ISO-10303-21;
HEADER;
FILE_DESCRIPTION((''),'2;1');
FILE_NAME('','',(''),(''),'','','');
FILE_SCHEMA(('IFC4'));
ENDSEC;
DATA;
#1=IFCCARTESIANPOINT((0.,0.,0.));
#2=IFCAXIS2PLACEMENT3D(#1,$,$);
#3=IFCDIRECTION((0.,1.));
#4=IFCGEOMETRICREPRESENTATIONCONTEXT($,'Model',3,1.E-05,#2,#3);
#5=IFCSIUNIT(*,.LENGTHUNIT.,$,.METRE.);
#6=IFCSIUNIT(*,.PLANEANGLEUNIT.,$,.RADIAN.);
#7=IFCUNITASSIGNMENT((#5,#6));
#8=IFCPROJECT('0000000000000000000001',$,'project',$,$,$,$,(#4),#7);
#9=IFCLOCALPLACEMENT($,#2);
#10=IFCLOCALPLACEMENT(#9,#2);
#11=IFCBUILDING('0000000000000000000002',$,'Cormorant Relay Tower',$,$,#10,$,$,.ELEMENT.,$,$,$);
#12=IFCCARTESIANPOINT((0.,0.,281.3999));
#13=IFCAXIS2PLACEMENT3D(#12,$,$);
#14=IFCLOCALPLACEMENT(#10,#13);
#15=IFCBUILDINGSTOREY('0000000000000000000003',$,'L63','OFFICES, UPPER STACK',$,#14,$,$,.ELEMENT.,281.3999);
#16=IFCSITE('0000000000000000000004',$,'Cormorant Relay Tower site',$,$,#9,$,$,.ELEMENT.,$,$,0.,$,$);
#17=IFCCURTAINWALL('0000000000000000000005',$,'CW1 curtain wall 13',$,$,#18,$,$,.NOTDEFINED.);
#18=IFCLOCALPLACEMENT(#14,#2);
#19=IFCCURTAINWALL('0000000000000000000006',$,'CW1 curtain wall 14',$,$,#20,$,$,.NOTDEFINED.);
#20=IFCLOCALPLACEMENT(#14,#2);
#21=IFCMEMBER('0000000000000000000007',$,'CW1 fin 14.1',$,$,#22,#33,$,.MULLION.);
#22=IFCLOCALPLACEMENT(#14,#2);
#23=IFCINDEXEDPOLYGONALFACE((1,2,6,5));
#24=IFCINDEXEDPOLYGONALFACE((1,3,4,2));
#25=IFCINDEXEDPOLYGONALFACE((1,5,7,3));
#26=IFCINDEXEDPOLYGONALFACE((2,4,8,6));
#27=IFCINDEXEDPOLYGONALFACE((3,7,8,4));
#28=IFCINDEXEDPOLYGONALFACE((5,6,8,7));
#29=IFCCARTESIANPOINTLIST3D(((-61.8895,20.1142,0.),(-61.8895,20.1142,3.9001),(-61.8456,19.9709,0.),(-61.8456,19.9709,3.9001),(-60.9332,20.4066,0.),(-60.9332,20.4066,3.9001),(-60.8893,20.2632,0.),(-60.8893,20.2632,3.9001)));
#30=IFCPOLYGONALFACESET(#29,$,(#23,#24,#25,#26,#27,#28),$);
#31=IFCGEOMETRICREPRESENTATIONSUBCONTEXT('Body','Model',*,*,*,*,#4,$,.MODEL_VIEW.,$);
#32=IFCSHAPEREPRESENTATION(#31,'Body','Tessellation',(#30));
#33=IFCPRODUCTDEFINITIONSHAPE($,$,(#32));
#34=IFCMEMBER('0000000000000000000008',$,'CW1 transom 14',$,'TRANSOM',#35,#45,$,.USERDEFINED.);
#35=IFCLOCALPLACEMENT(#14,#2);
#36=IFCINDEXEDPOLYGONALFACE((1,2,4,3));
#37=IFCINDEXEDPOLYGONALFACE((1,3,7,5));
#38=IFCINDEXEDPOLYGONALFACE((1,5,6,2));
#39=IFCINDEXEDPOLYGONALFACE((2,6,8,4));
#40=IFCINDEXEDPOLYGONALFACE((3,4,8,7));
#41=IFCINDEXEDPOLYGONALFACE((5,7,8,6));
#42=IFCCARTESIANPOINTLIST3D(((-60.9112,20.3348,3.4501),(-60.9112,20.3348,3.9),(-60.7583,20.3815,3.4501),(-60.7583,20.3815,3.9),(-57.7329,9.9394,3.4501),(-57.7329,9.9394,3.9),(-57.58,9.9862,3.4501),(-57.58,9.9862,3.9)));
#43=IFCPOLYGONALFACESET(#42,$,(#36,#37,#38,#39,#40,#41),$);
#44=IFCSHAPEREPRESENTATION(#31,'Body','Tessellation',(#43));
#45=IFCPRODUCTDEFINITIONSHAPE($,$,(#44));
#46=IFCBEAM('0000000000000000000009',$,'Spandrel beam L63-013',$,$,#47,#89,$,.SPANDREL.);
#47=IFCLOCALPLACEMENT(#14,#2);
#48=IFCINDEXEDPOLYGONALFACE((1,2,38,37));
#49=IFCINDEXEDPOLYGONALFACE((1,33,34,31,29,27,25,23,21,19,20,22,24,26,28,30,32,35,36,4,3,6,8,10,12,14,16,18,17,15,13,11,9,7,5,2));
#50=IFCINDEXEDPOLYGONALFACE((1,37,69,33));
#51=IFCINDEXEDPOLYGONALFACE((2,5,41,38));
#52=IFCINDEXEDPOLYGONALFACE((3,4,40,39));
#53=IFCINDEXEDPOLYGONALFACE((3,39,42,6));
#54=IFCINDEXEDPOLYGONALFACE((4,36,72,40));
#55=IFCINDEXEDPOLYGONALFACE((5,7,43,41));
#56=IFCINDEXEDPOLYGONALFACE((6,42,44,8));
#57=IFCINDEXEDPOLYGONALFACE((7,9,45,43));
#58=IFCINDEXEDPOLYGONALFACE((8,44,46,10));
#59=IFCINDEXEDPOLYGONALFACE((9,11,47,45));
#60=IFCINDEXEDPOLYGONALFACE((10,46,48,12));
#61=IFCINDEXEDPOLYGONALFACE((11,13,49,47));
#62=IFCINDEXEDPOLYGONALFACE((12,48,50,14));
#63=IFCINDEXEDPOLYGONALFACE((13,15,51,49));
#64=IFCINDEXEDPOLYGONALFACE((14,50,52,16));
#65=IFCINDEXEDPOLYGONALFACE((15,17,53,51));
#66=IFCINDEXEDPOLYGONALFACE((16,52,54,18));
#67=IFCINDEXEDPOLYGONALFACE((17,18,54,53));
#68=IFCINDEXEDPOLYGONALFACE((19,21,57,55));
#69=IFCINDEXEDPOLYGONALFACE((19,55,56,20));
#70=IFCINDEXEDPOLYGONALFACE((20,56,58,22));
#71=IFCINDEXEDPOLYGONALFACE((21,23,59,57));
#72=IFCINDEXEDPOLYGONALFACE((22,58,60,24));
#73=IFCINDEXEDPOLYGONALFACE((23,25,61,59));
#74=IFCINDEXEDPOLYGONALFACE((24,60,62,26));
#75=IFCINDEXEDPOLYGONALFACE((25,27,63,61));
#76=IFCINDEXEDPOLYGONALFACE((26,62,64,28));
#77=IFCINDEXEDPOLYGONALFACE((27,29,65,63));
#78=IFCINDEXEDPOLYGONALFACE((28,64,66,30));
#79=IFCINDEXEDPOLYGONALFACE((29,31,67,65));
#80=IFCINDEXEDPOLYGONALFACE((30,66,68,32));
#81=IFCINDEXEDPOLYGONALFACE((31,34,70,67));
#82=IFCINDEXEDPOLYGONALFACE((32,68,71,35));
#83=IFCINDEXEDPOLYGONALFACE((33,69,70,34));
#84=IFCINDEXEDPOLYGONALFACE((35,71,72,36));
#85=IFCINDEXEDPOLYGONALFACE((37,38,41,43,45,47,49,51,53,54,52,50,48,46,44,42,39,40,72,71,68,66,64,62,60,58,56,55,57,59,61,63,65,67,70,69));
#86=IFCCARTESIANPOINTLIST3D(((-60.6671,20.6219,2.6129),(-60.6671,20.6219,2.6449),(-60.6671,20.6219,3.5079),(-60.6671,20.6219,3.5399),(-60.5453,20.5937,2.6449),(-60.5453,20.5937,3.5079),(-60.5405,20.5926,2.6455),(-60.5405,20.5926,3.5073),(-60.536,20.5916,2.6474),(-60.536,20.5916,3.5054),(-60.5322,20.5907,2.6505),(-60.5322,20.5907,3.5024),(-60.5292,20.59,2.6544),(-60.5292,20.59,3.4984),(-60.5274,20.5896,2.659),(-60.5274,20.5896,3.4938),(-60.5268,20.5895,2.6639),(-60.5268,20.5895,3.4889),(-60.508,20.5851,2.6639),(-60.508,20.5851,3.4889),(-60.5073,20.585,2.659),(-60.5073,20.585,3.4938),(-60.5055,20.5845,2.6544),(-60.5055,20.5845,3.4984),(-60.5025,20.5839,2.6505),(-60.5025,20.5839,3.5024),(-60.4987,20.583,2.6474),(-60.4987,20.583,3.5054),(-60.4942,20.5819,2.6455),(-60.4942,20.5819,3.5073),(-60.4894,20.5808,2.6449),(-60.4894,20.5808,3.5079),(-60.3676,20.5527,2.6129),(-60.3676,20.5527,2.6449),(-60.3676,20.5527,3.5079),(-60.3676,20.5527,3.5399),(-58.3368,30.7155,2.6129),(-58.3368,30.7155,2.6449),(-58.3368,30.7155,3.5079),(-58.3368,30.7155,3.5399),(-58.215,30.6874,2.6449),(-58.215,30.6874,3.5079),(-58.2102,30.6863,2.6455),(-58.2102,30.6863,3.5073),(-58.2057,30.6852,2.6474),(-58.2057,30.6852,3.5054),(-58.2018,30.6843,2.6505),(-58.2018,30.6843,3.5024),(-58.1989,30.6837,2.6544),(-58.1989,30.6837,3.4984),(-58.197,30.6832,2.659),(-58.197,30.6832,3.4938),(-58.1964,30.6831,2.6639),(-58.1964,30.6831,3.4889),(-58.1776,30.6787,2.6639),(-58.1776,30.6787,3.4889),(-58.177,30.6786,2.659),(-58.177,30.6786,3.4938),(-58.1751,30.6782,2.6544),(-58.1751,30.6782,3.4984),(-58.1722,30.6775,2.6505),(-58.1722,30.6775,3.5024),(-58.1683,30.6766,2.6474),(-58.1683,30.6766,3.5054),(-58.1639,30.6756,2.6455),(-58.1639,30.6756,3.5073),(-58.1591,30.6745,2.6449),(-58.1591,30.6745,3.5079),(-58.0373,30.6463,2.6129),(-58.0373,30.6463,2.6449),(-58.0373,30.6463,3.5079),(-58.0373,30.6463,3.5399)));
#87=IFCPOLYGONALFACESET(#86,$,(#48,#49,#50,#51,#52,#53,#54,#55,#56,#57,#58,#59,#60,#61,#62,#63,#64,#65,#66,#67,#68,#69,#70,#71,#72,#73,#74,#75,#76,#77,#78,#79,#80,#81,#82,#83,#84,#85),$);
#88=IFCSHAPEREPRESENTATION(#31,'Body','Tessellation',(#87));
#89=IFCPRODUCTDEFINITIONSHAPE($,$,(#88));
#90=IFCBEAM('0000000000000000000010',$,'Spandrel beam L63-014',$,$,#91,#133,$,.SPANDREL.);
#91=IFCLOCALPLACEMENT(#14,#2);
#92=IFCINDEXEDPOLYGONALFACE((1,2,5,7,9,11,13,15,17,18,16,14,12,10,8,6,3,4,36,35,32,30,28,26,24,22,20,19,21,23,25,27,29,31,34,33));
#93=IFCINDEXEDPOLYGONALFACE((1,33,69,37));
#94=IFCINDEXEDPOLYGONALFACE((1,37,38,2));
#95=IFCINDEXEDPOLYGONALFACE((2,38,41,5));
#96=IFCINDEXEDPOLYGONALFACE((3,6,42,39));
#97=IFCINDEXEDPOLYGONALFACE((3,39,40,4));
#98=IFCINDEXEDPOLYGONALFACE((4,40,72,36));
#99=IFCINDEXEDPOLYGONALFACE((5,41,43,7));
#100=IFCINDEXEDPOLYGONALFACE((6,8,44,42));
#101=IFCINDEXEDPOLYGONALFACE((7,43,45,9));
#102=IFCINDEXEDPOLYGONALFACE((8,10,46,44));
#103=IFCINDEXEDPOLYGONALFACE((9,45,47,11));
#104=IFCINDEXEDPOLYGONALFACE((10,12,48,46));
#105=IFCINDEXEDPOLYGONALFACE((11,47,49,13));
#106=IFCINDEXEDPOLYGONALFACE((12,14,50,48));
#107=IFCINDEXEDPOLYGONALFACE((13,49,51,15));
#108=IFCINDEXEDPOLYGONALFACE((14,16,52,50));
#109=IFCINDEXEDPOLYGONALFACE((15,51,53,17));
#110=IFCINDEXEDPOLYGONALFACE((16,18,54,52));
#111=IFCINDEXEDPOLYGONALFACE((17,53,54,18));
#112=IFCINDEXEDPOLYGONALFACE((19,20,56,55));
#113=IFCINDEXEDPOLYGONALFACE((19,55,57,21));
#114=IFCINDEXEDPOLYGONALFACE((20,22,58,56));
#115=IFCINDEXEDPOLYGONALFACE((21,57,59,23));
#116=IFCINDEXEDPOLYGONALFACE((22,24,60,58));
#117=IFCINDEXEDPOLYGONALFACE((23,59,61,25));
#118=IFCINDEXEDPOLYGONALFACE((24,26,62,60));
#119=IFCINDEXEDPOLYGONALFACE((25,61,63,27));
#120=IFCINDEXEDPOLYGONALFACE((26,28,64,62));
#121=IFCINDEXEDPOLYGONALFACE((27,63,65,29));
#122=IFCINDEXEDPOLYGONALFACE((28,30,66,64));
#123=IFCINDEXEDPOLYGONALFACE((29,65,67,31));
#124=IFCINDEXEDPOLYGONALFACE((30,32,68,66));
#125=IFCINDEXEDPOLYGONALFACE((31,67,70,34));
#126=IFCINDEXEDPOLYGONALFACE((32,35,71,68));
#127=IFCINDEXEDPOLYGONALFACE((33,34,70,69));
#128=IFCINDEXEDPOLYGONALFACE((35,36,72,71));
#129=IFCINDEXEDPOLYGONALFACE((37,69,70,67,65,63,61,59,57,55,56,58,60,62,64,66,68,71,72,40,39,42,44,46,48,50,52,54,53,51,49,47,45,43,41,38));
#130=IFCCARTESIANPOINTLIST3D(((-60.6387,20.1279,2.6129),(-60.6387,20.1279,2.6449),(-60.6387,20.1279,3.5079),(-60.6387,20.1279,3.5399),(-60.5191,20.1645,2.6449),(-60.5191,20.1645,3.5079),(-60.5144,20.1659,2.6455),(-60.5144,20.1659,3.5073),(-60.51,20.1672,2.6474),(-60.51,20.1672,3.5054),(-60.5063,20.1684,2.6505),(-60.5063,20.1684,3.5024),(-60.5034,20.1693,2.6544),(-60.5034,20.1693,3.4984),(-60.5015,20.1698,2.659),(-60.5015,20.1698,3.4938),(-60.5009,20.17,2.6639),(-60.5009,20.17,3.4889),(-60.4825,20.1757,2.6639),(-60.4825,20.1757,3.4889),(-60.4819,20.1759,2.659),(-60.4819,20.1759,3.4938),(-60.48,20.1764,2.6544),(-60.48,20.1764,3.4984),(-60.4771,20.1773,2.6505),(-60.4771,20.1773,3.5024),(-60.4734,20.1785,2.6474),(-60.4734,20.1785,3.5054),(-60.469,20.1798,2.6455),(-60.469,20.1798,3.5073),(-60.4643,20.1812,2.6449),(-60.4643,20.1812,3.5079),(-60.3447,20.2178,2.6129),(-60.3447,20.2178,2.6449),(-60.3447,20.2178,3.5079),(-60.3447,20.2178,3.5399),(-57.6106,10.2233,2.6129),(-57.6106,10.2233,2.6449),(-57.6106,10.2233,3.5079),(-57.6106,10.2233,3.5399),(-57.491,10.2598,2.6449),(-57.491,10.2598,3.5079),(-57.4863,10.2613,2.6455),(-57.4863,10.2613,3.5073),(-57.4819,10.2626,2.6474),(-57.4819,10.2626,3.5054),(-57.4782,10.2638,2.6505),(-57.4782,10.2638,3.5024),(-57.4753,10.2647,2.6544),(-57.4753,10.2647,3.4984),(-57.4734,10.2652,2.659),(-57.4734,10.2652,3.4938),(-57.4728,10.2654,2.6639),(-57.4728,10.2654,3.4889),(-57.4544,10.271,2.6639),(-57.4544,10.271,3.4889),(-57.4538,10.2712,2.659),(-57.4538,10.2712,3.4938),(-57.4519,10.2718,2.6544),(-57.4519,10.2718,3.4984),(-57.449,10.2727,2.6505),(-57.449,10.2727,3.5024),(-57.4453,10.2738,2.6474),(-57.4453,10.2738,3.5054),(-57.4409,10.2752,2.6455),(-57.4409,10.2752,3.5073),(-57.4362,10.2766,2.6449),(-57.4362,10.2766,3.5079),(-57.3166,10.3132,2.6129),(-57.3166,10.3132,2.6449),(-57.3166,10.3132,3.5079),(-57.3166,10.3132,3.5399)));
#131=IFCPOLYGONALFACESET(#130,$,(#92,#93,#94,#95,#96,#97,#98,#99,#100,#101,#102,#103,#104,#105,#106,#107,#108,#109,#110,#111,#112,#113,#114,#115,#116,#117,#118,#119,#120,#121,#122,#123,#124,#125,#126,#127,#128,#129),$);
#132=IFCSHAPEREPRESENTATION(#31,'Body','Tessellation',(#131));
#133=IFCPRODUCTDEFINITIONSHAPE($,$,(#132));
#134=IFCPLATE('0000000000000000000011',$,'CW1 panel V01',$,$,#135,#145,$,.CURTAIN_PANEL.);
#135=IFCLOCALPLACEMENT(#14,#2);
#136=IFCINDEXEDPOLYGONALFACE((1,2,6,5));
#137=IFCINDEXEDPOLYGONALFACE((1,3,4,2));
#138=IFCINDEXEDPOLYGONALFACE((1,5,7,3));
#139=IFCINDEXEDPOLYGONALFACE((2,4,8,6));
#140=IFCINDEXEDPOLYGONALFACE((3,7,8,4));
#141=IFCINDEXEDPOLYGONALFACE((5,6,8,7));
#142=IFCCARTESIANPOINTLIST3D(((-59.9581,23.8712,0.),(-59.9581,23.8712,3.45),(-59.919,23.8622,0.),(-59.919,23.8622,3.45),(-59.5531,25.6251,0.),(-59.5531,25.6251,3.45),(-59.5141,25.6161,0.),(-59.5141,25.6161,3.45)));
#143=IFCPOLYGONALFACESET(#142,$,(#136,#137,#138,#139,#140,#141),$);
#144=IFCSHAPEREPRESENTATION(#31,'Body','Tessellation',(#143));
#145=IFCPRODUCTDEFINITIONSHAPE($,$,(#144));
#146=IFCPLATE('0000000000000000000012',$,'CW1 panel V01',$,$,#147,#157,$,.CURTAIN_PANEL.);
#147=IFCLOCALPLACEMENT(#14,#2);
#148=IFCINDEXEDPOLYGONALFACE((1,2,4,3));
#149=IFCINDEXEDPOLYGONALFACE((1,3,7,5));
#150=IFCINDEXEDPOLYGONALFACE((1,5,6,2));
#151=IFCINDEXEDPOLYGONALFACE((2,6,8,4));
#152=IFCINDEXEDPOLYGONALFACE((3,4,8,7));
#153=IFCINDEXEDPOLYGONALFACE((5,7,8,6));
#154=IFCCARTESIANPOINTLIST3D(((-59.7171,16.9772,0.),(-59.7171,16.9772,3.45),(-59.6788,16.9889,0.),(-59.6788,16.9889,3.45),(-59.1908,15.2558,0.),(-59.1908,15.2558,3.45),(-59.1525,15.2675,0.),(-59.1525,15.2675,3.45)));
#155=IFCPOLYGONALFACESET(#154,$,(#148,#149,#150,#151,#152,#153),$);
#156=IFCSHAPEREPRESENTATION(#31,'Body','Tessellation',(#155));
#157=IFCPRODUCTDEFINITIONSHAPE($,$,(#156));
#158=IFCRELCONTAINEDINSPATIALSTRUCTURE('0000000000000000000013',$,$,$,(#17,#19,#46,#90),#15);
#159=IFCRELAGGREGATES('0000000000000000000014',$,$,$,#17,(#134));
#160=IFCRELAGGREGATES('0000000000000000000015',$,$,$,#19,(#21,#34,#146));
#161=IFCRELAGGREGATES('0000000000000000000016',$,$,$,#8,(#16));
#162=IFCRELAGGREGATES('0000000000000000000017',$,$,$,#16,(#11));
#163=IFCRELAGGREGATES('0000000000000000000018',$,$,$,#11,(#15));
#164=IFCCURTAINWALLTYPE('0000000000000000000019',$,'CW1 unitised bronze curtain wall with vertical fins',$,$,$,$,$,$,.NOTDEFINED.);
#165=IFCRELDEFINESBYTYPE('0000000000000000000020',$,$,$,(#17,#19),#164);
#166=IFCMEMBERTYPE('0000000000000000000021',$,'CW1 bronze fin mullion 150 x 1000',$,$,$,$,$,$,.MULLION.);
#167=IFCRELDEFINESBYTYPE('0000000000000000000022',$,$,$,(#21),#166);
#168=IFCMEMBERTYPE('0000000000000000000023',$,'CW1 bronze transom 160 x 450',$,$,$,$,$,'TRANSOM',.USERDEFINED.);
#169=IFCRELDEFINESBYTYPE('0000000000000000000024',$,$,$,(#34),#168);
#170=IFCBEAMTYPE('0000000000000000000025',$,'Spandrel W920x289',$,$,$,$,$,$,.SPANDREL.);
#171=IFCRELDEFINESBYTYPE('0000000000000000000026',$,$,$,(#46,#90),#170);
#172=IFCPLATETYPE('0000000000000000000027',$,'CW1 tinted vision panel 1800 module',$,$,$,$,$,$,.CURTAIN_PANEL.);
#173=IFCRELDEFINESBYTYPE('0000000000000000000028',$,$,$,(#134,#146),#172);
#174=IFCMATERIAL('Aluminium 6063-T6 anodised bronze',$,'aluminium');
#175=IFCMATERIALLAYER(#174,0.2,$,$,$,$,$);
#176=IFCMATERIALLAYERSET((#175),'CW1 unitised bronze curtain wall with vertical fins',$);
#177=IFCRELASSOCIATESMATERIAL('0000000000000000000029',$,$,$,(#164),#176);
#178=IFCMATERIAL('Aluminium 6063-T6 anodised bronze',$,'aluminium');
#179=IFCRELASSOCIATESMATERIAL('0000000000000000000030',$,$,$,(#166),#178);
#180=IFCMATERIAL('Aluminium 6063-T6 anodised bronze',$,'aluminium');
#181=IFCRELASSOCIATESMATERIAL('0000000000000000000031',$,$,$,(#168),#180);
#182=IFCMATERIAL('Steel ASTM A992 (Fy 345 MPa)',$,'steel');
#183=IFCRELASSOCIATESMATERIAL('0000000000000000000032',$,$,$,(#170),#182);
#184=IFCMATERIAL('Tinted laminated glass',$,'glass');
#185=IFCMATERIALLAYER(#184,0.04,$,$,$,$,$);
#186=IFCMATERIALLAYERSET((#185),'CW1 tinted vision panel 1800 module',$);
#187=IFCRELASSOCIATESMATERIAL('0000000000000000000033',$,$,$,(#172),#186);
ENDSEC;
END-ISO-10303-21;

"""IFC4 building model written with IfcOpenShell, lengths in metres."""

from ifc_helpers import new_model, si_unit, direction, frame, origin, origin_2d, place, context, subcontext, project, spatial, rectangle, i_section, extrude, material, layer, layer_set, material_profile, profile_set, type_object, element, aggregate, save


model = new_model("IFC4")

# Units and contexts
model_context = context("Model", 3, precision=1e-05, world=origin(), true_north=direction((0.0, 1.0)))
body_context = subcontext(model_context, "Body", "Model", "MODEL_VIEW")
ifc_project = project(units=[si_unit("LENGTHUNIT", "METRE"), si_unit("PLANEANGLEUNIT", "RADIAN")], contexts=[model_context])

# Site, building, storey
site_placement = place(None, origin())
site = spatial("IfcSite", under=ifc_project, at=site_placement, Name="Cormorant Relay Tower site", CompositionType="ELEMENT", RefElevation=0.0)
building_placement = place(site_placement, origin())
building = spatial("IfcBuilding", under=site, at=building_placement, Name="Cormorant Relay Tower", CompositionType="ELEMENT")
storey_placement = place(building_placement, frame((0.0, 0.0, 281.3999)))
storey = spatial("IfcBuildingStorey", under=building, at=storey_placement, Name="L63", Description="OFFICES, UPPER STACK", CompositionType="ELEMENT", Elevation=281.3999)

# Curtain wall
ifc_material_1 = material(Name="Aluminium 6063-T6 anodised bronze", Category="aluminium")
ifc_layer_1 = layer(ifc_material_1, 0.2)
ifc_layer_set_1 = layer_set([ifc_layer_1], Name="CW1 unitised bronze curtain wall with vertical fins")
curtain_wall_type = type_object("IfcCurtainWallType", Name="CW1 unitised bronze curtain wall with vertical fins", PredefinedType="NOTDEFINED", material=ifc_layer_set_1)
curtain_wall_1_placement = place(storey_placement, origin())
curtain_wall_1 = element("IfcCurtainWall", 1, at=curtain_wall_1_placement, inside=storey, type_object=curtain_wall_type, Name="CW1 curtain wall 13", PredefinedType="NOTDEFINED")
ifc_material_2 = material(Name="Aluminium 6063-T6 anodised bronze", Category="aluminium")
ifc_material_profile_1 = material_profile(ifc_material_2, rectangle(XDim=0.1499, YDim=1.0, at=origin_2d()), Name="AL 150x1000")
ifc_profile_set_1 = profile_set([ifc_material_profile_1], Name="Aluminium 6063-T6 anodised bronze")
member_type_1 = type_object("IfcMemberType", Name="CW1 bronze fin mullion 150 x 1000", PredefinedType="MULLION", material=ifc_profile_set_1)

# Curtain wall, members
curtain_wall_2_placement = place(storey_placement, origin())
curtain_wall_2 = element("IfcCurtainWall", 2, at=curtain_wall_2_placement, inside=storey, type_object=curtain_wall_type, Name="CW1 curtain wall 14", PredefinedType="NOTDEFINED")
member_1_placement = place(storey_placement, frame((-61.3894, 20.1887, 0.0), z_axis=(0.0, 0.0, 1.0), x_axis=(0.292372, -0.956305, 0.0)))
member_1 = element("IfcMember", 3, at=member_1_placement, type_object=member_type_1, Name="CW1 fin 14.1", PredefinedType="MULLION", context=body_context, shape_type="SweptSolid", body=[
    extrude(rectangle(XDim=0.1499, YDim=1.0, at=origin_2d()), origin(), (0.0, 0.0, 1.0), 3.9001),
])
ifc_material_3 = material(Name="Aluminium 6063-T6 anodised bronze", Category="aluminium")
ifc_material_profile_2 = material_profile(ifc_material_3, rectangle(XDim=0.1599, YDim=0.45, at=origin_2d()), Name="AL 160x450")
ifc_profile_set_2 = profile_set([ifc_material_profile_2], Name="Aluminium 6063-T6 anodised bronze")
member_type_2 = type_object("IfcMemberType", Name="CW1 bronze transom 160 x 450", ElementType="TRANSOM", PredefinedType="USERDEFINED", material=ifc_profile_set_2)
member_2_placement = place(storey_placement, frame((-60.8347, 20.3582, 3.675), z_axis=(0.292378, -0.956303, 0.0), x_axis=(0.956303, 0.292378, 0.0)))
member_2 = element("IfcMember", 4, at=member_2_placement, type_object=member_type_2, Name="CW1 transom 14", ObjectType="TRANSOM", PredefinedType="USERDEFINED", context=body_context, shape_type="SweptSolid", body=[
    extrude(rectangle(XDim=0.1599, YDim=0.45, at=origin_2d()), origin(), (0.0, 0.0, 1.0), 10.8704),
])

# Beams
ifc_material_4 = material(Name="Steel ASTM A992 (Fy 345 MPa)", Category="steel")
ifc_material_profile_3 = material_profile(ifc_material_4, i_section(OverallWidth=0.3074, OverallDepth=0.927, WebThickness=0.0193, FlangeThickness=0.032, FilletRadius=0.019, at=origin_2d()), Name="W920x289")
ifc_profile_set_3 = profile_set([ifc_material_profile_3], Name="Steel ASTM A992 (Fy 345 MPa)")
beam_type = type_object("IfcBeamType", Name="Spandrel W920x289", PredefinedType="SPANDREL", material=ifc_profile_set_3)
beam_1_placement = place(storey_placement, frame((-58.187, 30.6809, 3.0764), z_axis=(-0.224956, -0.974369, 0.0), x_axis=(0.974369, -0.224956, 0.0)))
element("IfcBeam", 5, at=beam_1_placement, inside=storey, type_object=beam_type, Name="Spandrel beam L63-013", PredefinedType="SPANDREL", context=body_context, shape_type="SweptSolid", body=[
    extrude(i_section(OverallWidth=0.3074, OverallDepth=0.927, WebThickness=0.0193, FlangeThickness=0.032, FilletRadius=0.019, at=origin_2d()), origin(), (0.0, 0.0, 1.0), 10.3591),
])
beam_2_placement = place(storey_placement, frame((-60.4917, 20.1729, 3.0764), z_axis=(0.292368, -0.956306, 0.0), x_axis=(0.956306, 0.292368, 0.0)))
element("IfcBeam", 6, at=beam_2_placement, inside=storey, type_object=beam_type, Name="Spandrel beam L63-014", PredefinedType="SPANDREL", context=body_context, shape_type="SweptSolid", body=[
    extrude(i_section(OverallWidth=0.3074, OverallDepth=0.927, WebThickness=0.0193, FlangeThickness=0.032, FilletRadius=0.019, at=origin_2d()), origin(), (0.0, 0.0, 1.0), 10.3572),
])

# Plates
ifc_material_5 = material(Name="Tinted laminated glass", Category="glass")
ifc_layer_2 = layer(ifc_material_5, 0.04)
ifc_layer_set_2 = layer_set([ifc_layer_2], Name="CW1 tinted vision panel 1800 module")
plate_type = type_object("IfcPlateType", Name="CW1 tinted vision panel 1800 module", PredefinedType="CURTAIN_PANEL", material=ifc_layer_set_2)
plate_1_placement = place(storey_placement, frame((-59.7361, 24.7437, 0.0), z_axis=(0.0, 0.0, 1.0), x_axis=(-0.224951, -0.97437, 0.0)))
plate_1 = element("IfcPlate", 7, at=plate_1_placement, type_object=plate_type, Name="CW1 panel V01", PredefinedType="CURTAIN_PANEL", context=body_context, shape_type="SweptSolid", body=[
    extrude(rectangle(XDim=1.8, YDim=0.04, at=origin_2d()), origin(), (0.0, 0.0, 1.0), 3.45),
])
plate_2_placement = place(storey_placement, frame((-59.4348, 16.1223, 0.0), z_axis=(0.0, 0.0, 1.0), x_axis=(0.292372, -0.956305, 0.0)))
plate_2 = element("IfcPlate", 8, at=plate_2_placement, type_object=plate_type, Name="CW1 panel V01", PredefinedType="CURTAIN_PANEL", context=body_context, shape_type="SweptSolid", body=[
    extrude(rectangle(XDim=1.8, YDim=0.04, at=origin_2d()), origin(), (0.0, 0.0, 1.0), 3.45),
])

aggregate(curtain_wall_1, [plate_1])
aggregate(curtain_wall_2, [member_1, member_2, plate_2])

save(model, "model.ifc")
